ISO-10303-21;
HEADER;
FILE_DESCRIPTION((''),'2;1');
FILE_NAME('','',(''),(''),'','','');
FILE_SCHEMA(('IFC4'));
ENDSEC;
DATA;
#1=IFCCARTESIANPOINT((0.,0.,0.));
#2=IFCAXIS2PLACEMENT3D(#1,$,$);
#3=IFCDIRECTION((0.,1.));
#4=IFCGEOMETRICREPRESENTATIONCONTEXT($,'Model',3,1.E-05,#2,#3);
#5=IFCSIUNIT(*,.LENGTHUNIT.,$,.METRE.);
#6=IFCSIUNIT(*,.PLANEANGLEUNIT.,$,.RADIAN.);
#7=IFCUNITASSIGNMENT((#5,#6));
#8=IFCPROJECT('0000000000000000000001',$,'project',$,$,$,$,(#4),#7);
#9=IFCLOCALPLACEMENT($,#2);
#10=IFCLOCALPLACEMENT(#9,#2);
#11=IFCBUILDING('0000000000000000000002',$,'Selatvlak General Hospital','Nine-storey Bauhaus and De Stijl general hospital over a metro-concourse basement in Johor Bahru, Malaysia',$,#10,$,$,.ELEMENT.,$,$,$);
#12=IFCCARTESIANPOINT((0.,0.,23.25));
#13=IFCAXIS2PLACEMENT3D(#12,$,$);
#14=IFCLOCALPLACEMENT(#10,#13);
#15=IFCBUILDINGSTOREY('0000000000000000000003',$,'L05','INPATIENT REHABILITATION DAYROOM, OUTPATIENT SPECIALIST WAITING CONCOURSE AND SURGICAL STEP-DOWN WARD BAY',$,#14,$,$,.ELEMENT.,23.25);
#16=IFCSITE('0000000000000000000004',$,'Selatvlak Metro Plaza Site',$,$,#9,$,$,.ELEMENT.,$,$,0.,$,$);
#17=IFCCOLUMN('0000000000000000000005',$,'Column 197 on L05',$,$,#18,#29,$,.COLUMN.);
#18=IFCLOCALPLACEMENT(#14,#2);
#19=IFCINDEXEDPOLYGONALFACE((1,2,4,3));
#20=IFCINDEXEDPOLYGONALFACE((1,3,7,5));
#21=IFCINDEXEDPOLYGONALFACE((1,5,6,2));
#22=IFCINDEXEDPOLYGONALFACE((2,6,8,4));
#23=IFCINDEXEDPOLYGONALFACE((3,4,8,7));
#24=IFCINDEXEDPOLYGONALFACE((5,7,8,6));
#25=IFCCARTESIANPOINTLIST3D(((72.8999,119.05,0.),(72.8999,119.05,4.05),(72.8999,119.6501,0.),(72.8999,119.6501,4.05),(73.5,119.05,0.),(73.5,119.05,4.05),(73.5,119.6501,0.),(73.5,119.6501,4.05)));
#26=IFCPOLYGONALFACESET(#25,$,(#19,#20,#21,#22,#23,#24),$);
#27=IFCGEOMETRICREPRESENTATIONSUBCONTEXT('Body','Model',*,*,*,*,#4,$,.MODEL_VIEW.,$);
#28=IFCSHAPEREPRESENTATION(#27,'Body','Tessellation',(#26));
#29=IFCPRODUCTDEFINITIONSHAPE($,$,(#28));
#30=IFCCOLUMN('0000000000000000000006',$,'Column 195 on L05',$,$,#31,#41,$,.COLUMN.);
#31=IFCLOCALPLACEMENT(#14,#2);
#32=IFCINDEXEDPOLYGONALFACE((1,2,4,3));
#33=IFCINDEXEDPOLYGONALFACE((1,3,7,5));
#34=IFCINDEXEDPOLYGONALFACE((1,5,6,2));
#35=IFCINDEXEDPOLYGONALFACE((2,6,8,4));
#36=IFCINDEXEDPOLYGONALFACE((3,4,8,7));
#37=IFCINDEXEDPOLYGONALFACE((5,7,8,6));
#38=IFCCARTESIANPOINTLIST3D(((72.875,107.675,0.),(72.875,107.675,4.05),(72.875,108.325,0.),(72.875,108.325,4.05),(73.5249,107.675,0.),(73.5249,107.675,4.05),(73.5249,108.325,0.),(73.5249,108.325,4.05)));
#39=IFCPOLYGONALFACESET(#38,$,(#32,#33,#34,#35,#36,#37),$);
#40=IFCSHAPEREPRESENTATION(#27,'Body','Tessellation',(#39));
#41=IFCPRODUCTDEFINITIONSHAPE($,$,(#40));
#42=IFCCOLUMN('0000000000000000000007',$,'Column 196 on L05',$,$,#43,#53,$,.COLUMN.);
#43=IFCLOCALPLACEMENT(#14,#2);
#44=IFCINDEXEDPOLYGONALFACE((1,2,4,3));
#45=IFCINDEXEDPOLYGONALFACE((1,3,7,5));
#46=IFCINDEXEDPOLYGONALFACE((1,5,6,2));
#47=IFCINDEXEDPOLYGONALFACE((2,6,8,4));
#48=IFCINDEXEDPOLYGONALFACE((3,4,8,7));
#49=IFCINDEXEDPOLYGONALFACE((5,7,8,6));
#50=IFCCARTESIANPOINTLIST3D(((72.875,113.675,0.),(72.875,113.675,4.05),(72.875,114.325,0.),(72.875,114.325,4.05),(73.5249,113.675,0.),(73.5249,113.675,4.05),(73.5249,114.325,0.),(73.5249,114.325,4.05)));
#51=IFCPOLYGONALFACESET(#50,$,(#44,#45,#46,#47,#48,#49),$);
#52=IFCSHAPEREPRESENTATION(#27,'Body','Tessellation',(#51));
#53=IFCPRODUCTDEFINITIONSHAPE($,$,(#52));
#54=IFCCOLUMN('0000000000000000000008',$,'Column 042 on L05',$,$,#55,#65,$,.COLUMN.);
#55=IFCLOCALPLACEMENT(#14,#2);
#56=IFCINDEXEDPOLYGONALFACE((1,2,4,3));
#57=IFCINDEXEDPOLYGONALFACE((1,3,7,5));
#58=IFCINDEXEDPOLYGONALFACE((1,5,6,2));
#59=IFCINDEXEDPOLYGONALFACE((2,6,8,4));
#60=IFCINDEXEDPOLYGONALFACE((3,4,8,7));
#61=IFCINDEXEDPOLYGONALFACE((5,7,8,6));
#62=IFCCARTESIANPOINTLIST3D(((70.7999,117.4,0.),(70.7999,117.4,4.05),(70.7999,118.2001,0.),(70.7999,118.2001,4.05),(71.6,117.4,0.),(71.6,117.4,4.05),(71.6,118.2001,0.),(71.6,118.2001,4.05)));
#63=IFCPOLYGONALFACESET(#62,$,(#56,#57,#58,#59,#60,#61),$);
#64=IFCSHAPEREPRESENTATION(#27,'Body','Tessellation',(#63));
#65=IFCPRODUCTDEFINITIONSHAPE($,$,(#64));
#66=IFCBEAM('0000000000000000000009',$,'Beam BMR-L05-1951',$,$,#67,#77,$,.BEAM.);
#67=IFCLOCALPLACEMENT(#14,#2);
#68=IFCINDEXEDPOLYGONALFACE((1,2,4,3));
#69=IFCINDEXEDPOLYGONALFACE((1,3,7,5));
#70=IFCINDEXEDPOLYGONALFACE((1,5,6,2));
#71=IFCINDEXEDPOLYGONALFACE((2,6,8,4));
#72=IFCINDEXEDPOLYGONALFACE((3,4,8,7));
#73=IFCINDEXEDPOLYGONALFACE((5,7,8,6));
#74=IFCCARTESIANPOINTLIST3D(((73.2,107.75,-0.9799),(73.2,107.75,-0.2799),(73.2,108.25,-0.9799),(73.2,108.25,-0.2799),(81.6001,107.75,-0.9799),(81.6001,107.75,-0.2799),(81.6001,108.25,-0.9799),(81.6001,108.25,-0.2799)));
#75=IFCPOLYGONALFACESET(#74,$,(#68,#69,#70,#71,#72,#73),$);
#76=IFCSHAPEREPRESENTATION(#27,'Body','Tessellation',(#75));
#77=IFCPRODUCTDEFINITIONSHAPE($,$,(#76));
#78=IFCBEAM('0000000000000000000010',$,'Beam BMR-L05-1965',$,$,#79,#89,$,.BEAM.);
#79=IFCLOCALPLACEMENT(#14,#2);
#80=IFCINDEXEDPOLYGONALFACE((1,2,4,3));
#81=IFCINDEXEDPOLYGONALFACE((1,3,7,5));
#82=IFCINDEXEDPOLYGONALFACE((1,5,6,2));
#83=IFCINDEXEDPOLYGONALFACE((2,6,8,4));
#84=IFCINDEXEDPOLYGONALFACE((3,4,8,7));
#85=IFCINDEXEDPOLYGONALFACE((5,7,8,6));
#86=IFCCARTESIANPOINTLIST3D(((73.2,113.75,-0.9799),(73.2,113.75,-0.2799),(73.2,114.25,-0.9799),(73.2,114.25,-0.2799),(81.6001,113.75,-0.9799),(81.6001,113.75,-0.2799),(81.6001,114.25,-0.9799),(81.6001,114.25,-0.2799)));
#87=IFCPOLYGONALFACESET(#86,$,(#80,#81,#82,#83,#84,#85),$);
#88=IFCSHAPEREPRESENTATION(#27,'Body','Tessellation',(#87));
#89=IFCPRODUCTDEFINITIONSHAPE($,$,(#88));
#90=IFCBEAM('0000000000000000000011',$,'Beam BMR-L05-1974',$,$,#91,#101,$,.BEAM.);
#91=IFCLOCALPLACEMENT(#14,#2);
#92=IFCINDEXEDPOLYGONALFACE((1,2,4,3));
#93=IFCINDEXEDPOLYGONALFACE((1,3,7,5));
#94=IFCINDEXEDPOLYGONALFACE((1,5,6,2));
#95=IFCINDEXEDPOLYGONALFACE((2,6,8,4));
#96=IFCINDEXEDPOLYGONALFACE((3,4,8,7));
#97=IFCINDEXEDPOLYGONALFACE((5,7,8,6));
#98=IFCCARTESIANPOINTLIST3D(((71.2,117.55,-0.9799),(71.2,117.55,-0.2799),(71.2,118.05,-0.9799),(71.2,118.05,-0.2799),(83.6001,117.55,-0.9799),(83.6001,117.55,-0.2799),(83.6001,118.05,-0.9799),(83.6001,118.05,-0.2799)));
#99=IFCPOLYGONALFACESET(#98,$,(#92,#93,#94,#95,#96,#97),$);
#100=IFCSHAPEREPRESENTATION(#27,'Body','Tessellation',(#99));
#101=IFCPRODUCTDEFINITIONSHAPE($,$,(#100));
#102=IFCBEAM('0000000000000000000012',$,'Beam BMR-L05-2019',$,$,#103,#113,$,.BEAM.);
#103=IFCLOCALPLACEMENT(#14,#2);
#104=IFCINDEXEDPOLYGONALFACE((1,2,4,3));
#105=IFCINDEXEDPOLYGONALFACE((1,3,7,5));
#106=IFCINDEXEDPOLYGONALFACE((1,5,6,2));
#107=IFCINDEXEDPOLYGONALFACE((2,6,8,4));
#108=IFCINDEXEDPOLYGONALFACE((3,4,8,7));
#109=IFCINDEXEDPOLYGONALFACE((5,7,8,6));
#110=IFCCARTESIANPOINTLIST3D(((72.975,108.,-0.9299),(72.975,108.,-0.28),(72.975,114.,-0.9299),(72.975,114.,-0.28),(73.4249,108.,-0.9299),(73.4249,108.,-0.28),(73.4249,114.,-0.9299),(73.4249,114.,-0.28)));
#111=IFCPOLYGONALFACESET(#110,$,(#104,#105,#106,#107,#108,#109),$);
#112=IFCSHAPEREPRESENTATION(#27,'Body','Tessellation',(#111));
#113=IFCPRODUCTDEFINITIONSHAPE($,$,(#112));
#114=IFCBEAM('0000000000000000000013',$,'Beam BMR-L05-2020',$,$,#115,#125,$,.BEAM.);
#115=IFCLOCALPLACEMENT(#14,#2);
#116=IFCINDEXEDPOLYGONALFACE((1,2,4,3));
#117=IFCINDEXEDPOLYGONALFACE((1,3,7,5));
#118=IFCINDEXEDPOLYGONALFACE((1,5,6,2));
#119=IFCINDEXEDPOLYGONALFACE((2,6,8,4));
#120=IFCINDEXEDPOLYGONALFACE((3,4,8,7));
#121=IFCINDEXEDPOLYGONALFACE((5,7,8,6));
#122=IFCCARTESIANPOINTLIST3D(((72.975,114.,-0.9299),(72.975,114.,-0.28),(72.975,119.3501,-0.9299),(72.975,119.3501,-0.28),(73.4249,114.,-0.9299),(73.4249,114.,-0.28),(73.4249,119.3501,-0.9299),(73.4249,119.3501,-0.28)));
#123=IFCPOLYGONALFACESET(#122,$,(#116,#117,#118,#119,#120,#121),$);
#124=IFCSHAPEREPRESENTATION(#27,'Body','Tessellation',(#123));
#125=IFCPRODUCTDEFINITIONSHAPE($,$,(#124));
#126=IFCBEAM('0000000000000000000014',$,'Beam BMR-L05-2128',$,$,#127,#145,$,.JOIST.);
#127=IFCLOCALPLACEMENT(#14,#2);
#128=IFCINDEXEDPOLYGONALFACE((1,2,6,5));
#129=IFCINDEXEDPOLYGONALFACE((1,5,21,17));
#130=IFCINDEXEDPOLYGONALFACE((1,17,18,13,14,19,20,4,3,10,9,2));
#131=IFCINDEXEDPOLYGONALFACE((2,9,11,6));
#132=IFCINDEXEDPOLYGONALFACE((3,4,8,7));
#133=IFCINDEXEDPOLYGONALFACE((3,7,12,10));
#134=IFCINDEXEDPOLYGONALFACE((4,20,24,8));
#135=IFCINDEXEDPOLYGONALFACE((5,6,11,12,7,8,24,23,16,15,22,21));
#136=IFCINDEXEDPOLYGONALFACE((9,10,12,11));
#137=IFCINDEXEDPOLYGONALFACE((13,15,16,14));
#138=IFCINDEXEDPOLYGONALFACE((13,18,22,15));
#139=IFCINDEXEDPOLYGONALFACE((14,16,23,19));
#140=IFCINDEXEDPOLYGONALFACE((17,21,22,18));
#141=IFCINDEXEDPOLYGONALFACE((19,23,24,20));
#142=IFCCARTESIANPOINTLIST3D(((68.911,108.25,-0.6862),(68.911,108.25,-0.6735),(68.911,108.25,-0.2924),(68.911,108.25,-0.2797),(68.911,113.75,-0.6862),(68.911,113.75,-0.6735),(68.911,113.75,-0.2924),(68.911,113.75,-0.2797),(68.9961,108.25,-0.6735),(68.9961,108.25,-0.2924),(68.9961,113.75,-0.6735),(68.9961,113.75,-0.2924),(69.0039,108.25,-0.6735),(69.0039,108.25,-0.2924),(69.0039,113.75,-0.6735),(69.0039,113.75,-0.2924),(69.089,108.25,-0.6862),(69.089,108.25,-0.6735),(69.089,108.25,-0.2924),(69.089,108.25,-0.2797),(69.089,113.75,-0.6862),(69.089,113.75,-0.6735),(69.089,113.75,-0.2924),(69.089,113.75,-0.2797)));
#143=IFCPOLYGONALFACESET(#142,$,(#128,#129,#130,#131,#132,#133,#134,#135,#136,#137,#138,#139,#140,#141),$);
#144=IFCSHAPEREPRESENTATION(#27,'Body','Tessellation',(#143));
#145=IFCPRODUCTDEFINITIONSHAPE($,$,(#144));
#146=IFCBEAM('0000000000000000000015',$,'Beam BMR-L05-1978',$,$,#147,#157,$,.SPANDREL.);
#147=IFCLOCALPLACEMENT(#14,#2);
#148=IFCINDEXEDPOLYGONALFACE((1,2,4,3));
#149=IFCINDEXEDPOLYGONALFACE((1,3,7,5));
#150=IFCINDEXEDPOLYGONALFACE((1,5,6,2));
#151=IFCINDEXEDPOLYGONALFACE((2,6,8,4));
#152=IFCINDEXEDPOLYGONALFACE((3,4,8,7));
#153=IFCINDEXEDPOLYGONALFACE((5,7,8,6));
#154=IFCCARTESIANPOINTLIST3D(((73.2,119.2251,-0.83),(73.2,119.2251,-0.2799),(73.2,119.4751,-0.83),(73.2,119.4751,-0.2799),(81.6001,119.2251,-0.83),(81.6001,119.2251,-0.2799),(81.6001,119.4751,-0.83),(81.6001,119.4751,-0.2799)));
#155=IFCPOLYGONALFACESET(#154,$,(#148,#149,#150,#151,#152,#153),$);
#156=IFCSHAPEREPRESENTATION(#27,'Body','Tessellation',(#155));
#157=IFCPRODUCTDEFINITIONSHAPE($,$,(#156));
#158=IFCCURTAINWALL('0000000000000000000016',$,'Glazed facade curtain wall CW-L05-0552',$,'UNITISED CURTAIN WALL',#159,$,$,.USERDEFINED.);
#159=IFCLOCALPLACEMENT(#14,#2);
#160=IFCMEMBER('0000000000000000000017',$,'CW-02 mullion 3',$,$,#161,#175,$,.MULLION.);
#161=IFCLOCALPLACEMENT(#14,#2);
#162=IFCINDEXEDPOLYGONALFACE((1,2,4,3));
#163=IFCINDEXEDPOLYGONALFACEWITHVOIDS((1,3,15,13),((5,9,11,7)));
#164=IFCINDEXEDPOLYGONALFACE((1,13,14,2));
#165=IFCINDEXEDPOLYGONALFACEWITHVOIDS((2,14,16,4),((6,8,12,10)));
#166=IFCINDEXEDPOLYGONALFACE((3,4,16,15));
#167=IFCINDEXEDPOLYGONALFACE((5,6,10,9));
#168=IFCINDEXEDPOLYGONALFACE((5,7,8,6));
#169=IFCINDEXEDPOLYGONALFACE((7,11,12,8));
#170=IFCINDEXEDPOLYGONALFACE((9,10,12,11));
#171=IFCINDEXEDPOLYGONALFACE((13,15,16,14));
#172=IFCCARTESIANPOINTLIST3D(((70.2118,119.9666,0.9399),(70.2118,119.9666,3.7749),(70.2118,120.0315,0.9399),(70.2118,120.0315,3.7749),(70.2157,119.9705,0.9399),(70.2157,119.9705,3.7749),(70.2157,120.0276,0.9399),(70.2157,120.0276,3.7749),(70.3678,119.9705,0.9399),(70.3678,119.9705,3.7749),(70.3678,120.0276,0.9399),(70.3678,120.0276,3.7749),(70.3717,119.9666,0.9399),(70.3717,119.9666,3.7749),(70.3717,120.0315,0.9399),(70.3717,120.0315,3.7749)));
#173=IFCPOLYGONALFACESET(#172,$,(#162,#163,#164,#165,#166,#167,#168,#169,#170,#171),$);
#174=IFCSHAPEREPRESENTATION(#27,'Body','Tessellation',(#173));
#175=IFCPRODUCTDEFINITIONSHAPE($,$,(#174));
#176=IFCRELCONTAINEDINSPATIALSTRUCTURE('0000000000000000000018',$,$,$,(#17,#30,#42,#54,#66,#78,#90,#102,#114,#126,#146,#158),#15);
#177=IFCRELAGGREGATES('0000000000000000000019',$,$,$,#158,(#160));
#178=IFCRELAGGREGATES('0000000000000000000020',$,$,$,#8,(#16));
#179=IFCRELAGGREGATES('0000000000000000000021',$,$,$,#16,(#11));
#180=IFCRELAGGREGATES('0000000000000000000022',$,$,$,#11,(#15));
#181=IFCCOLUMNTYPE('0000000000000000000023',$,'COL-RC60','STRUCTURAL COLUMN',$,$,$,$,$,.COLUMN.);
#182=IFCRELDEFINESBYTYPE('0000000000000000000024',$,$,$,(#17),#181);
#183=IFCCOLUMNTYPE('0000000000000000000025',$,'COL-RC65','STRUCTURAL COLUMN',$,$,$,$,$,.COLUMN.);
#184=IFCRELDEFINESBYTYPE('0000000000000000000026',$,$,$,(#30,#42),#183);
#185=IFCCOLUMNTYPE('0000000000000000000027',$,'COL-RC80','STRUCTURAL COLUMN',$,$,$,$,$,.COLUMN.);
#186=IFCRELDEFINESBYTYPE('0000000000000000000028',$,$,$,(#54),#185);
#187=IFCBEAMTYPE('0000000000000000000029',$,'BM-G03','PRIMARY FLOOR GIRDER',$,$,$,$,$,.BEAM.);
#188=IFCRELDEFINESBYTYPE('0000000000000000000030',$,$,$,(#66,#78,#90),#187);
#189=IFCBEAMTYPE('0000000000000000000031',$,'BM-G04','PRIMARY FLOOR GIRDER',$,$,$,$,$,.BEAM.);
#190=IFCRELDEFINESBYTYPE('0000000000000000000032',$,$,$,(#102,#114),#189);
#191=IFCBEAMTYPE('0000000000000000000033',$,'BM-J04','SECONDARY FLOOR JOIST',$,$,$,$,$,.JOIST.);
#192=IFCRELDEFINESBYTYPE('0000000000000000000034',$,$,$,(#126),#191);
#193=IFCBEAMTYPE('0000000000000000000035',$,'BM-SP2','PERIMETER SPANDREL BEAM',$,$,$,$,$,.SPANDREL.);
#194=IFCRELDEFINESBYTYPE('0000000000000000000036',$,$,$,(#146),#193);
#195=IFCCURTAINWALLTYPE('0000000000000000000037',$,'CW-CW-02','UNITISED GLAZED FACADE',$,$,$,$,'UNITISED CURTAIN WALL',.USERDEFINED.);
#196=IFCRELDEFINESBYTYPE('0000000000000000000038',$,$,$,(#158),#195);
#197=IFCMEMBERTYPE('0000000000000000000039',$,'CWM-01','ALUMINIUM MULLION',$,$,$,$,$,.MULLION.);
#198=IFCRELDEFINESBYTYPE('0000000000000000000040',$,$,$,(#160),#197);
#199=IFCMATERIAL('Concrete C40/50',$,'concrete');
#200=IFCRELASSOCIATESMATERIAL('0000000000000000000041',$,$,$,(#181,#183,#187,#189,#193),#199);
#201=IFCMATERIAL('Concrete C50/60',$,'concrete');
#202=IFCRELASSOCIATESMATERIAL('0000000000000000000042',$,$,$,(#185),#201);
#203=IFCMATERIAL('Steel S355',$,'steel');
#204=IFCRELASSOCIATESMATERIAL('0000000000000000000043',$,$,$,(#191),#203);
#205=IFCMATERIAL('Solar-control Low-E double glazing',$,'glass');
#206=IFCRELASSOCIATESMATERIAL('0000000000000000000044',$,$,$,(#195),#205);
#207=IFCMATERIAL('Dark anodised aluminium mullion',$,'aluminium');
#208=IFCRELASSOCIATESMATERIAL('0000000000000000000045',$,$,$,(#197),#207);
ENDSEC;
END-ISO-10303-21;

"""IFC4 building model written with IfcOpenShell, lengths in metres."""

from ifc_helpers import new_model, si_unit, direction, frame, origin, origin_2d, place, context, subcontext, project, spatial, rectangle, hollow_rectangle, i_section, extrude, material, material_profile, profile_set, type_object, element, aggregate, save


model = new_model("IFC4")

# Units and contexts
model_context = context("Model", 3, precision=1e-05, world=origin(), true_north=direction((0.0, 1.0)))
body_context = subcontext(model_context, "Body", "Model", "MODEL_VIEW")
ifc_project = project(units=[si_unit("LENGTHUNIT", "METRE"), si_unit("PLANEANGLEUNIT", "RADIAN")], contexts=[model_context])

# Site, building, storey
site_placement = place(None, origin())
site = spatial("IfcSite", under=ifc_project, at=site_placement, Name="Selatvlak Metro Plaza Site", CompositionType="ELEMENT", RefElevation=0.0)
building_placement = place(site_placement, origin())
building = spatial("IfcBuilding", under=site, at=building_placement, Name="Selatvlak General Hospital", Description="Nine-storey Bauhaus and De Stijl general hospital over a metro-concourse basement in Johor Bahru, Malaysia", CompositionType="ELEMENT")
storey_placement = place(building_placement, frame((0.0, 0.0, 23.25)))
storey = spatial("IfcBuildingStorey", under=building, at=storey_placement, Name="L05", Description="INPATIENT REHABILITATION DAYROOM, OUTPATIENT SPECIALIST WAITING CONCOURSE AND SURGICAL STEP-DOWN WARD BAY", CompositionType="ELEMENT", Elevation=23.25)

# Columns
ifc_material_1 = material(Name="Concrete C40/50", Category="concrete")
ifc_material_profile_1 = material_profile(ifc_material_1, rectangle(XDim=0.6001, YDim=0.6001, at=origin_2d()), Name="RC-COL 600x600")
ifc_profile_set_1 = profile_set([ifc_material_profile_1], Name="Concrete C40/50")
column_type_1 = type_object("IfcColumnType", Name="COL-RC60", Description="STRUCTURAL COLUMN", PredefinedType="COLUMN", material=ifc_profile_set_1)
column_1_placement = place(storey_placement, frame((73.2, 119.3501, 0.0), z_axis=(0.0, 0.0, 1.0), x_axis=(1.0, 0.0, 0.0)))
element("IfcColumn", 1, at=column_1_placement, inside=storey, type_object=column_type_1, Name="Column 197 on L05", PredefinedType="COLUMN", context=body_context, shape_type="SweptSolid", body=[
    extrude(rectangle(XDim=0.6001, YDim=0.6001, at=origin_2d()), origin(), (0.0, 0.0, 1.0), 4.05),
])
ifc_material_profile_2 = material_profile(ifc_material_1, rectangle(XDim=0.6499, YDim=0.6499, at=origin_2d()), Name="RC-COL 650x650")
ifc_profile_set_2 = profile_set([ifc_material_profile_2], Name="Concrete C40/50")
column_type_2 = type_object("IfcColumnType", Name="COL-RC65", Description="STRUCTURAL COLUMN", PredefinedType="COLUMN", material=ifc_profile_set_2)
for number, where, z_axis, x_axis, name in (
    (2, (73.2, 108.0, 0.0), (0.0, 0.0, 1.0), (1.0, 0.0, 0.0), "Column 195 on L05"),
    (3, (73.2, 114.0, 0.0), (0.0, 0.0, 1.0), (1.0, 0.0, 0.0), "Column 196 on L05"),
):
    element("IfcColumn", number, at=place(storey_placement, frame(where, z_axis=z_axis, x_axis=x_axis)), inside=storey, type_object=column_type_2, Name=name, PredefinedType="COLUMN", context=body_context, shape_type="SweptSolid", body=[
        extrude(rectangle(XDim=0.6499, YDim=0.6499, at=origin_2d()), origin(), (0.0, 0.0, 1.0), 4.05),
    ])
ifc_material_2 = material(Name="Concrete C50/60", Category="concrete")
ifc_material_profile_3 = material_profile(ifc_material_2, rectangle(XDim=0.8, YDim=0.8, at=origin_2d()), Name="RC-COL 800x800")
ifc_profile_set_3 = profile_set([ifc_material_profile_3], Name="Concrete C50/60")
column_type_3 = type_object("IfcColumnType", Name="COL-RC80", Description="STRUCTURAL COLUMN", PredefinedType="COLUMN", material=ifc_profile_set_3)
column_2_placement = place(storey_placement, frame((71.2, 117.8, 0.0), z_axis=(0.0, 0.0, 1.0), x_axis=(1.0, 0.0, 0.0)))
element("IfcColumn", 4, at=column_2_placement, inside=storey, type_object=column_type_3, Name="Column 042 on L05", PredefinedType="COLUMN", context=body_context, shape_type="SweptSolid", body=[
    extrude(rectangle(XDim=0.8, YDim=0.8, at=origin_2d()), origin(), (0.0, 0.0, 1.0), 4.05),
])

# Beams
ifc_material_profile_4 = material_profile(ifc_material_1, rectangle(XDim=0.5, YDim=0.7, at=origin_2d()), Name="RC-BM 500x700")
ifc_profile_set_4 = profile_set([ifc_material_profile_4], Name="Concrete C40/50")
beam_type_1 = type_object("IfcBeamType", Name="BM-G03", Description="PRIMARY FLOOR GIRDER", PredefinedType="BEAM", material=ifc_profile_set_4)
for number, where, z_axis, x_axis, name in (
    (5, (73.2, 108.0, -0.6299), (1.0, 0.0, 0.0), (0.0, 1.0, 0.0), "Beam BMR-L05-1951"),
    (6, (73.2, 114.0, -0.6299), (1.0, 0.0, 0.0), (0.0, 1.0, 0.0), "Beam BMR-L05-1965"),
):
    element("IfcBeam", number, at=place(storey_placement, frame(where, z_axis=z_axis, x_axis=x_axis)), inside=storey, type_object=beam_type_1, Name=name, PredefinedType="BEAM", context=body_context, shape_type="SweptSolid", body=[
        extrude(rectangle(XDim=0.5, YDim=0.7, at=origin_2d()), origin(), (0.0, 0.0, 1.0), 8.4001),
    ])
beam_1_placement = place(storey_placement, frame((71.2, 117.8, -0.6299), z_axis=(1.0, 0.0, 0.0), x_axis=(0.0, 1.0, 0.0)))
element("IfcBeam", 7, at=beam_1_placement, inside=storey, type_object=beam_type_1, Name="Beam BMR-L05-1974", PredefinedType="BEAM", context=body_context, shape_type="SweptSolid", body=[
    extrude(rectangle(XDim=0.5, YDim=0.7, at=origin_2d()), origin(), (0.0, 0.0, 1.0), 12.4001),
])
ifc_material_profile_5 = material_profile(ifc_material_1, rectangle(XDim=0.45, YDim=0.6499, at=origin_2d()), Name="RC-BM 450x650")
ifc_profile_set_5 = profile_set([ifc_material_profile_5], Name="Concrete C40/50")
beam_type_2 = type_object("IfcBeamType", Name="BM-G04", Description="PRIMARY FLOOR GIRDER", PredefinedType="BEAM", material=ifc_profile_set_5)
beam_2_placement = place(storey_placement, frame((73.2, 108.0, -0.605), z_axis=(0.0, 1.0, 0.0), x_axis=(-1.0, 0.0, 0.0)))
element("IfcBeam", 8, at=beam_2_placement, inside=storey, type_object=beam_type_2, Name="Beam BMR-L05-2019", PredefinedType="BEAM", context=body_context, shape_type="SweptSolid", body=[
    extrude(rectangle(XDim=0.45, YDim=0.6499, at=origin_2d()), origin(), (0.0, 0.0, 1.0), 6.0),
])
beam_3_placement = place(storey_placement, frame((73.2, 114.0, -0.605), z_axis=(0.0, 1.0, 0.0), x_axis=(-1.0, 0.0, 0.0)))
element("IfcBeam", 9, at=beam_3_placement, inside=storey, type_object=beam_type_2, Name="Beam BMR-L05-2020", PredefinedType="BEAM", context=body_context, shape_type="SweptSolid", body=[
    extrude(rectangle(XDim=0.45, YDim=0.6499, at=origin_2d()), origin(), (0.0, 0.0, 1.0), 5.3501),
])
ifc_material_3 = material(Name="Steel S355", Category="steel")
ifc_material_profile_6 = material_profile(ifc_material_3, i_section(OverallWidth=0.178, OverallDepth=0.4065, WebThickness=0.0078, FlangeThickness=0.0127, at=origin_2d()), Name="UB 406x178x60")
ifc_profile_set_6 = profile_set([ifc_material_profile_6], Name="Steel S355")
beam_type_3 = type_object("IfcBeamType", Name="BM-J04", Description="SECONDARY FLOOR JOIST", PredefinedType="JOIST", material=ifc_profile_set_6)
beam_4_placement = place(storey_placement, frame((69.0, 108.25, -0.4829), z_axis=(0.0, 1.0, 0.0), x_axis=(-1.0, 0.0, 0.0)))
element("IfcBeam", 10, at=beam_4_placement, inside=storey, type_object=beam_type_3, Name="Beam BMR-L05-2128", PredefinedType="JOIST", context=body_context, shape_type="SweptSolid", body=[
    extrude(i_section(OverallWidth=0.178, OverallDepth=0.4065, WebThickness=0.0078, FlangeThickness=0.0127, at=origin_2d()), origin(), (0.0, 0.0, 1.0), 5.5),
])
ifc_material_profile_7 = material_profile(ifc_material_1, rectangle(XDim=0.25, YDim=0.55, at=origin_2d()), Name="RC-SP 250x550")
ifc_profile_set_7 = profile_set([ifc_material_profile_7], Name="Concrete C40/50")
beam_type_4 = type_object("IfcBeamType", Name="BM-SP2", Description="PERIMETER SPANDREL BEAM", PredefinedType="SPANDREL", material=ifc_profile_set_7)
beam_5_placement = place(storey_placement, frame((73.2, 119.3501, -0.5549), z_axis=(1.0, 0.0, 0.0), x_axis=(0.0, 1.0, 0.0)))
element("IfcBeam", 11, at=beam_5_placement, inside=storey, type_object=beam_type_4, Name="Beam BMR-L05-1978", PredefinedType="SPANDREL", context=body_context, shape_type="SweptSolid", body=[
    extrude(rectangle(XDim=0.25, YDim=0.55, at=origin_2d()), origin(), (0.0, 0.0, 1.0), 8.4001),
])

# Curtain wall, member
ifc_material_4 = material(Name="Solar-control Low-E double glazing", Category="glass")
curtain_wall_type_1 = type_object("IfcCurtainWallType", Name="CW-CW-02", Description="UNITISED GLAZED FACADE", ElementType="UNITISED CURTAIN WALL", PredefinedType="USERDEFINED", material=ifc_material_4)
curtain_wall_1_placement = place(storey_placement, origin())
curtain_wall_1 = element("IfcCurtainWall", 12, at=curtain_wall_1_placement, inside=storey, type_object=curtain_wall_type_1, Name="Glazed facade curtain wall CW-L05-0552", ObjectType="UNITISED CURTAIN WALL", PredefinedType="USERDEFINED")
ifc_material_5 = material(Name="Dark anodised aluminium mullion", Category="aluminium")
ifc_material_profile_8 = material_profile(ifc_material_5, hollow_rectangle(XDim=0.0649, YDim=0.1599, WallThickness=0.0039, at=origin_2d()), Name="AL-MUL 65x160x4")
ifc_profile_set_8 = profile_set([ifc_material_profile_8], Name="Dark anodised aluminium mullion")
member_type_1 = type_object("IfcMemberType", Name="CWM-01", Description="ALUMINIUM MULLION", PredefinedType="MULLION", material=ifc_profile_set_8)
member_1_placement = place(storey_placement, frame((70.2917, 119.999, 0.9399), z_axis=(0.0, 0.0, 1.0), x_axis=(0.0, 1.0, 0.0)))
member_1 = element("IfcMember", 13, at=member_1_placement, type_object=member_type_1, Name="CW-02 mullion 3", PredefinedType="MULLION", context=body_context, shape_type="SweptSolid", body=[
    extrude(hollow_rectangle(XDim=0.0649, YDim=0.1599, WallThickness=0.0039, at=origin_2d()), origin(), (0.0, 0.0, 1.0), 2.835),
])

aggregate(curtain_wall_1, [member_1])

save(model, "model.ifc")
